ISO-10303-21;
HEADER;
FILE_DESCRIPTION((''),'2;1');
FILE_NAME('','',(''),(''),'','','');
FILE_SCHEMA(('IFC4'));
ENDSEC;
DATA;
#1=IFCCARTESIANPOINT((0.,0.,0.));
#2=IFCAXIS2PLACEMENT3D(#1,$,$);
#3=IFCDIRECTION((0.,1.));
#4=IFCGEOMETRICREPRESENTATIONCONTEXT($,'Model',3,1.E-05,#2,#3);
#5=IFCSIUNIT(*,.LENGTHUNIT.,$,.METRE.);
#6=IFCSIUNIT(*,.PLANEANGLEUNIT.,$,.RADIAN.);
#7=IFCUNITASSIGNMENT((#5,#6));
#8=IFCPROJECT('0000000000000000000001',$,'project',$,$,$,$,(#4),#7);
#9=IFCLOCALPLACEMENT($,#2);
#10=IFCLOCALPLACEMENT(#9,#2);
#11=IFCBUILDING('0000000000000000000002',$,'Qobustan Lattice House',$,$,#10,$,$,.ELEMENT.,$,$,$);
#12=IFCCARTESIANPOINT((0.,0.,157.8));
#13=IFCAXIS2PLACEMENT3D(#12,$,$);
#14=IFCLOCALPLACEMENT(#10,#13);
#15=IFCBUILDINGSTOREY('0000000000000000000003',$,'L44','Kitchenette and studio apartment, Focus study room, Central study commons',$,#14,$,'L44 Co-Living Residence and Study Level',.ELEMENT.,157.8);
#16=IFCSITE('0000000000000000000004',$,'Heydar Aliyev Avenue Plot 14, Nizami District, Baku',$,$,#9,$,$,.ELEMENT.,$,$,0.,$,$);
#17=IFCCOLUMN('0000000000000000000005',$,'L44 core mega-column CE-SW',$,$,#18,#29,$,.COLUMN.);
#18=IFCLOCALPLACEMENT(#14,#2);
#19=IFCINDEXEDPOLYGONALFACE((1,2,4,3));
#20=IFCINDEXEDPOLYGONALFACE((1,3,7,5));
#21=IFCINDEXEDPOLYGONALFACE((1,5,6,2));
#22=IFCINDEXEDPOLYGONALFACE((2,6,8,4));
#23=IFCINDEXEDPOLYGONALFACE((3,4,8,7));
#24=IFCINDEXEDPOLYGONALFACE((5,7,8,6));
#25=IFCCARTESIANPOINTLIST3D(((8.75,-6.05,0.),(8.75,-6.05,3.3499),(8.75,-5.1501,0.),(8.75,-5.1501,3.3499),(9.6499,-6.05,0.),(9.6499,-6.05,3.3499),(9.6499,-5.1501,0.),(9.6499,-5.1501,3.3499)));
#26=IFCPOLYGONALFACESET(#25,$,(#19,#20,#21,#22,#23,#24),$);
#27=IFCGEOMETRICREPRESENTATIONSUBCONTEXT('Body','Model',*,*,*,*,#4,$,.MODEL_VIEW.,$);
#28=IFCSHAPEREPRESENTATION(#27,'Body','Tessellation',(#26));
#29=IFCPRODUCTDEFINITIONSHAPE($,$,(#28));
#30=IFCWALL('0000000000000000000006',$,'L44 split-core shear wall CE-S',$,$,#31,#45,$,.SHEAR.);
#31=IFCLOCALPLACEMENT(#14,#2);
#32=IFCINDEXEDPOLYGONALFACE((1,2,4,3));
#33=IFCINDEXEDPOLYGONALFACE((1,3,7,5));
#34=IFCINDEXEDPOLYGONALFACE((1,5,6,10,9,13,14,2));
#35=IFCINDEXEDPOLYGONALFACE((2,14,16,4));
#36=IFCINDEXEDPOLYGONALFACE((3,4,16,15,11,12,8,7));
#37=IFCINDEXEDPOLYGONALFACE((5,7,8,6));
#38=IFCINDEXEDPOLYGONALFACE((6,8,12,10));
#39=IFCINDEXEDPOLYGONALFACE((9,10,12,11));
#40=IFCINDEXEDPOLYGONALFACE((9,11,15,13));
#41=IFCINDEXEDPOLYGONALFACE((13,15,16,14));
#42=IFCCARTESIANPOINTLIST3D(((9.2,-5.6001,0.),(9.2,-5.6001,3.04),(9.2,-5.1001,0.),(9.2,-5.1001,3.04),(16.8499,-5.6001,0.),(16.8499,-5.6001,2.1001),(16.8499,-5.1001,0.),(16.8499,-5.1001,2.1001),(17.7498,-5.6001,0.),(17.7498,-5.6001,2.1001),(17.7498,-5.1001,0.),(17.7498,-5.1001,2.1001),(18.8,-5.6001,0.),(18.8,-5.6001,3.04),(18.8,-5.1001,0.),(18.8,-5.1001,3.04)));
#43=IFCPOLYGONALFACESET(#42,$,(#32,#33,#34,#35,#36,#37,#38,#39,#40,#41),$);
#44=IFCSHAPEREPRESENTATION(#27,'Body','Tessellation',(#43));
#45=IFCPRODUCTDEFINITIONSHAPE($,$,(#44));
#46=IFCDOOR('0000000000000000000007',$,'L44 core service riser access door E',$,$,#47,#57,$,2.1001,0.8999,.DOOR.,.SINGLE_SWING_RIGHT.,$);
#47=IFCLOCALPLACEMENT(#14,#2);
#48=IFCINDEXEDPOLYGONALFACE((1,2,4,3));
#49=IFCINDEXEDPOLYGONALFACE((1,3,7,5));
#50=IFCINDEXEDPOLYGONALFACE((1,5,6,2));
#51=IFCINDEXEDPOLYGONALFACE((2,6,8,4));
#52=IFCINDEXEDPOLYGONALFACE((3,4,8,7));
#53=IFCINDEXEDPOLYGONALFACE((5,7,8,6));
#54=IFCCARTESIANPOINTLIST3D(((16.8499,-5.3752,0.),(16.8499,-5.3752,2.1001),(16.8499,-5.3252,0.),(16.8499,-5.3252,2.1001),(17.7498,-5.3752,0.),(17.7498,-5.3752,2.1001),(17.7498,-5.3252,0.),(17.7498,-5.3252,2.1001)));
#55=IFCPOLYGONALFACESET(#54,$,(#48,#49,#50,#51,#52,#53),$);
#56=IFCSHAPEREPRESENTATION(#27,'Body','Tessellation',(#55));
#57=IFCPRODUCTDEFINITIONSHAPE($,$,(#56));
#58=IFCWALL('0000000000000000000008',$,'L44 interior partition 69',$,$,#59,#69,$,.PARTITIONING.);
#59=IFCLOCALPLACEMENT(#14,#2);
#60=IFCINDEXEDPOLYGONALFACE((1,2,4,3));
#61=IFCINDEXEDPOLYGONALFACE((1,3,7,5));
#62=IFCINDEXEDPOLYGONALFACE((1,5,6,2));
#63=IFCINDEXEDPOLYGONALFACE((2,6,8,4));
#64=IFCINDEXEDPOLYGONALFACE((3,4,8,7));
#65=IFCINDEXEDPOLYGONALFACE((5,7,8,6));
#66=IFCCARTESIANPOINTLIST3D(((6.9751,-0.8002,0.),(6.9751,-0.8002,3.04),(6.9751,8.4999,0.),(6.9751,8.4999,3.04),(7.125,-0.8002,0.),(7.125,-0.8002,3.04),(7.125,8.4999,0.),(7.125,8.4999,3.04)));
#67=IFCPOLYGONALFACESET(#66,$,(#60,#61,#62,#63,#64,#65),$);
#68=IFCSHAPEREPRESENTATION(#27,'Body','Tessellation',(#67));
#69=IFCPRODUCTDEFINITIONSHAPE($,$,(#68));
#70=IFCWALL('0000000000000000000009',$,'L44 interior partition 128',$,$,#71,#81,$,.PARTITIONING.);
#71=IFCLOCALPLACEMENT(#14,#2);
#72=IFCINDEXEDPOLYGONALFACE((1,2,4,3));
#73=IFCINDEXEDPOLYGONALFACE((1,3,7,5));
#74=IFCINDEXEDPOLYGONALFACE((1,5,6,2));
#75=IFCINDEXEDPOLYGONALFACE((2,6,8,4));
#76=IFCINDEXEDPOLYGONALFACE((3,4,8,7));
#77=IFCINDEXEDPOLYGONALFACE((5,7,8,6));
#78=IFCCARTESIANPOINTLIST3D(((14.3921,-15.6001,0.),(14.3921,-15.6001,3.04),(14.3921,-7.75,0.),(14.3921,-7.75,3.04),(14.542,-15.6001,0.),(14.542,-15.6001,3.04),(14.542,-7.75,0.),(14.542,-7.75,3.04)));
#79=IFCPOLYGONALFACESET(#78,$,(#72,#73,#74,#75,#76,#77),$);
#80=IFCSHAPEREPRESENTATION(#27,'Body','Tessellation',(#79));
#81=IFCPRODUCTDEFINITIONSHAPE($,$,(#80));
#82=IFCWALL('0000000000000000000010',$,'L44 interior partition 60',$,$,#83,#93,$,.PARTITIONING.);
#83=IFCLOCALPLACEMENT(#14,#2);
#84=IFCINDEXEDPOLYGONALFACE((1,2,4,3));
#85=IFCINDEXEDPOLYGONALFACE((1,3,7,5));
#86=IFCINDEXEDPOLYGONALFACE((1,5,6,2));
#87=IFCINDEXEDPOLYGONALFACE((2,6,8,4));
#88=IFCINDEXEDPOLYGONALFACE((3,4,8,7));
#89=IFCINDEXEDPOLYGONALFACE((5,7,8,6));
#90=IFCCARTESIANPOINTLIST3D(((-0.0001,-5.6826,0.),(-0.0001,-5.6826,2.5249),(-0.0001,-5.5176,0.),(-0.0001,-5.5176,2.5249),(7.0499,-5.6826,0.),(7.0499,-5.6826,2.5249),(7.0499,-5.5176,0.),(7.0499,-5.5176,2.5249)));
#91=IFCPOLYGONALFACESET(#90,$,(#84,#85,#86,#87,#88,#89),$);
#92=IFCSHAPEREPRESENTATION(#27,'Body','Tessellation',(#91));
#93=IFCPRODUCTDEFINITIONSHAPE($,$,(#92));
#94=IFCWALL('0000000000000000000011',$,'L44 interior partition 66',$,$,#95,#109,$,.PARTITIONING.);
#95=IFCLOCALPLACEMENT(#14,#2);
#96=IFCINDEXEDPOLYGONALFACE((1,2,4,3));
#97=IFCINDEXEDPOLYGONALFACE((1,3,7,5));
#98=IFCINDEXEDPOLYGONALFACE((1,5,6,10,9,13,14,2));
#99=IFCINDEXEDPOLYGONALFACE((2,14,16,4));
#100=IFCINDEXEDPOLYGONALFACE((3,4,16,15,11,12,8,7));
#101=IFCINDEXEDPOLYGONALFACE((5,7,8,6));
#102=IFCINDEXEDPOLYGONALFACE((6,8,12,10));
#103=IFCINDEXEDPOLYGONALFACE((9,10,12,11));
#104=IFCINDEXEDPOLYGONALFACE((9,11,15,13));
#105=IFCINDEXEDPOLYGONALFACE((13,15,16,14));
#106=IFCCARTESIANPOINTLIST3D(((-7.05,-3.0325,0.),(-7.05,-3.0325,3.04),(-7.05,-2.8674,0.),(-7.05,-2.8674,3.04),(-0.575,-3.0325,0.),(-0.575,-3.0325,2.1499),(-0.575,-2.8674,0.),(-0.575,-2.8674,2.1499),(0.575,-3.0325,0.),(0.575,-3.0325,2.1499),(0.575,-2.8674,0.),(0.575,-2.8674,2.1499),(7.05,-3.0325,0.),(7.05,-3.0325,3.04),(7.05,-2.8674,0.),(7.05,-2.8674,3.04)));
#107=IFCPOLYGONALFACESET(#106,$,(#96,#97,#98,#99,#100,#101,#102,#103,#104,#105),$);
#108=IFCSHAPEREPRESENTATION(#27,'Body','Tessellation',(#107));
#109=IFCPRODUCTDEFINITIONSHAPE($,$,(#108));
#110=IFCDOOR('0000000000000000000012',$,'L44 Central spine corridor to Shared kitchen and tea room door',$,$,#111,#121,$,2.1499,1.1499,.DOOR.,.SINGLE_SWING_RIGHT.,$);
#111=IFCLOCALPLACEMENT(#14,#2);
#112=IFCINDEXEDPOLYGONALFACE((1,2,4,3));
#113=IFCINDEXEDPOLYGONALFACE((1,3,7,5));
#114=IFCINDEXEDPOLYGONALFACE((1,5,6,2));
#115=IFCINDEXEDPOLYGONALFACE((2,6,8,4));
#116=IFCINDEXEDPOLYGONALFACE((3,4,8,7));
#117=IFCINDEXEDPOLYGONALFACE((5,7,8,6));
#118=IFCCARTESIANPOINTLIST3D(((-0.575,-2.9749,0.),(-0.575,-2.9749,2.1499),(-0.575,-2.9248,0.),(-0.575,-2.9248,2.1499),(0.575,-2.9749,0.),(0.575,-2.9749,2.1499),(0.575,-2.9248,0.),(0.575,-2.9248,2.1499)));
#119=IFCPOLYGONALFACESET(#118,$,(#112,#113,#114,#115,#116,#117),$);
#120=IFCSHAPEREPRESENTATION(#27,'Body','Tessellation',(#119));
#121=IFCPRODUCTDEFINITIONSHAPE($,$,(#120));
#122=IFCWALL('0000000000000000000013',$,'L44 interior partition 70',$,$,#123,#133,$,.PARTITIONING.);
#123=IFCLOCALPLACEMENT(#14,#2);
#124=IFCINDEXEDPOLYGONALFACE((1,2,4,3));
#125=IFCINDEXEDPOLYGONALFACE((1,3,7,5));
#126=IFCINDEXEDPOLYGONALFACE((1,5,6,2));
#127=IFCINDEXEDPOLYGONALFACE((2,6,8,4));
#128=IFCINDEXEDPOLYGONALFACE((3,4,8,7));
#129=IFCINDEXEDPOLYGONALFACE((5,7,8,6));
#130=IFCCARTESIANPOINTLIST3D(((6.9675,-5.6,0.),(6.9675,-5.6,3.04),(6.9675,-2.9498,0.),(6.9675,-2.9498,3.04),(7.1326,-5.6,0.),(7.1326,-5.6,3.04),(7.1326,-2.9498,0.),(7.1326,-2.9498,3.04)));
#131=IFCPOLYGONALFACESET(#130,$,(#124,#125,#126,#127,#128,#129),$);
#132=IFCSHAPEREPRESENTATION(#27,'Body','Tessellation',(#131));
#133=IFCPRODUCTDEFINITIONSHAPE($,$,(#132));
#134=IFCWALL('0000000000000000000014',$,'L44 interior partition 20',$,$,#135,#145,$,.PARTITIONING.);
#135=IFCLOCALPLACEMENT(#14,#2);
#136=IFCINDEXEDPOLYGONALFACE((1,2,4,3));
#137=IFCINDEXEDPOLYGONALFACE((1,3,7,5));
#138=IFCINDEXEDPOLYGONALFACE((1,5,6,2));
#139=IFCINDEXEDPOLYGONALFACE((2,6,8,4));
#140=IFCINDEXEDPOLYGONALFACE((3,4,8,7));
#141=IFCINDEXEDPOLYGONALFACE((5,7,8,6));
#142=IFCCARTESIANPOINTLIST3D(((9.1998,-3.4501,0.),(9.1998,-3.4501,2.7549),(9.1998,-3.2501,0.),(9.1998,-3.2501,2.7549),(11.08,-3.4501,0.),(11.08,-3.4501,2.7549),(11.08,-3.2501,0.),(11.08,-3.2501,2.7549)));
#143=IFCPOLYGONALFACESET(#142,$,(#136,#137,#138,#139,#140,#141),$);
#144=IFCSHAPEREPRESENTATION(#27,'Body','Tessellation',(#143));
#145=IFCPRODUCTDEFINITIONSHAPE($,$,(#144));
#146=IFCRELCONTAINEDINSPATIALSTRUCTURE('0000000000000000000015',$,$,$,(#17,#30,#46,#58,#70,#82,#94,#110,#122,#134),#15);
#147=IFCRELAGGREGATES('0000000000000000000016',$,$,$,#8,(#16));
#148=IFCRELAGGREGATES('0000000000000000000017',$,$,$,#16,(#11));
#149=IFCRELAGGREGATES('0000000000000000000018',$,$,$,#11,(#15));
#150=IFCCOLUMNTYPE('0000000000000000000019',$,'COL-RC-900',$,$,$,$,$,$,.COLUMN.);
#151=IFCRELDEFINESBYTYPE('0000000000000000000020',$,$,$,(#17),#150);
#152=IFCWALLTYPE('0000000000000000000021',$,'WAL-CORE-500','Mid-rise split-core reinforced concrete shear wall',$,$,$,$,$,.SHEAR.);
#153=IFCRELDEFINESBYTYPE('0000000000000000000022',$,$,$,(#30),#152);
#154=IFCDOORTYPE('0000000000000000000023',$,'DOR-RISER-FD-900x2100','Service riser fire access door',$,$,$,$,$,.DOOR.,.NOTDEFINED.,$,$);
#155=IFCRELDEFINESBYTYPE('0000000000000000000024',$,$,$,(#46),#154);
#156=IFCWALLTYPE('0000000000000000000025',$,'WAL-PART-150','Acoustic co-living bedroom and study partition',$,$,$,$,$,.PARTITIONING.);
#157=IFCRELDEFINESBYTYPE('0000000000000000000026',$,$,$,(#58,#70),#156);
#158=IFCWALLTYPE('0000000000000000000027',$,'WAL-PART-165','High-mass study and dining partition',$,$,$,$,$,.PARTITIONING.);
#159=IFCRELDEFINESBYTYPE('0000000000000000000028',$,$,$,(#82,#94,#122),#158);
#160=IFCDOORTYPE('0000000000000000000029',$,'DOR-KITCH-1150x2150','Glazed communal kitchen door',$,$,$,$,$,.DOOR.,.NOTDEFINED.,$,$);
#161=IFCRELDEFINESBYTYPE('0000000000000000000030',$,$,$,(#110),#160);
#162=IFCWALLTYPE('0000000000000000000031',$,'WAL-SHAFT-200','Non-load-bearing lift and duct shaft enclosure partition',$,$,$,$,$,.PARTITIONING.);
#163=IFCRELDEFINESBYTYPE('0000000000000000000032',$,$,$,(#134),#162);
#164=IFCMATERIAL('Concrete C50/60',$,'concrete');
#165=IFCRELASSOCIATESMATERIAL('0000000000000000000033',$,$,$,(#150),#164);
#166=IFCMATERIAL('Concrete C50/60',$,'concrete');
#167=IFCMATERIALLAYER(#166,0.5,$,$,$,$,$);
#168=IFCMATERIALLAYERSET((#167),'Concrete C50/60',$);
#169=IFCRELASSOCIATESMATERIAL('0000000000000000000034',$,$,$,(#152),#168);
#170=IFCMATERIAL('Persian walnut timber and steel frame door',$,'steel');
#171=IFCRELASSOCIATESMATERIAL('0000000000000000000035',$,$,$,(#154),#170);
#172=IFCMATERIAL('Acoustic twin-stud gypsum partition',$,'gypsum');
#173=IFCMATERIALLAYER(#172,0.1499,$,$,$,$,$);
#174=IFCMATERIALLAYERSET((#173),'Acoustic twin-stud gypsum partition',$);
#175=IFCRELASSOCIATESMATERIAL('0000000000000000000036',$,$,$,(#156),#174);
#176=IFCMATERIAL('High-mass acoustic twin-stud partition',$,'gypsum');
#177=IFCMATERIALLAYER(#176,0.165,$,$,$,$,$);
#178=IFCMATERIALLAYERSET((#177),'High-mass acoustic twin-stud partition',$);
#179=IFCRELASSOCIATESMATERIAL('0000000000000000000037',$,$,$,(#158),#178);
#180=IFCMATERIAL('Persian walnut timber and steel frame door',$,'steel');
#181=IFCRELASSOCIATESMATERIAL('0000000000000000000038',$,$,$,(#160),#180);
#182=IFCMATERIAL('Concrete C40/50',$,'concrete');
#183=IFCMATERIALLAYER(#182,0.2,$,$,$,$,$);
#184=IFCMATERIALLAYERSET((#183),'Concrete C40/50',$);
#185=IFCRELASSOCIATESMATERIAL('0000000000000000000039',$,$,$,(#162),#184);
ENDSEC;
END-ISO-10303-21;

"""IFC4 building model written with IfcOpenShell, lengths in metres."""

from ifc_helpers import new_model, si_unit, direction, frame, frame_2d, origin, origin_2d, place, context, subcontext, project, spatial, rectangle, extrude, material, layer, layer_set, material_profile, profile_set, type_object, element, fill, save


model = new_model("IFC4")

# Units and contexts
model_context = context("Model", 3, precision=1e-05, world=origin(), true_north=direction((0.0, 1.0)))
body_context = subcontext(model_context, "Body", "Model", "MODEL_VIEW")
ifc_project = project(units=[si_unit("LENGTHUNIT", "METRE"), si_unit("PLANEANGLEUNIT", "RADIAN")], contexts=[model_context])

# Site, building, storey
site_placement = place(None, origin())
site = spatial("IfcSite", under=ifc_project, at=site_placement, Name="Heydar Aliyev Avenue Plot 14, Nizami District, Baku", CompositionType="ELEMENT", RefElevation=0.0)
building_placement = place(site_placement, origin())
building = spatial("IfcBuilding", under=site, at=building_placement, Name="Qobustan Lattice House", CompositionType="ELEMENT")
storey_placement = place(building_placement, frame((0.0, 0.0, 157.8)))
storey = spatial("IfcBuildingStorey", under=building, at=storey_placement, Name="L44", Description="Kitchenette and studio apartment, Focus study room, Central study commons", LongName="L44 Co-Living Residence and Study Level", CompositionType="ELEMENT", Elevation=157.8)

# Column
ifc_material_1 = material(Name="Concrete C50/60", Category="concrete")
ifc_material_profile = material_profile(ifc_material_1, rectangle(XDim=0.8999, YDim=0.8999, at=origin_2d()), Name="RC900x900")
ifc_profile_set = profile_set([ifc_material_profile], Name="Concrete C50/60")
column_type = type_object("IfcColumnType", Name="COL-RC-900", PredefinedType="COLUMN", material=ifc_profile_set)
column_placement = place(storey_placement, frame((9.2, -5.6001, 0.0), z_axis=(0.0, 0.0, 1.0), x_axis=(1.0, 0.0, 0.0)))
element("IfcColumn", 1, at=column_placement, inside=storey, type_object=column_type, Name="L44 core mega-column CE-SW", PredefinedType="COLUMN", context=body_context, shape_type="SweptSolid", body=[
    extrude(rectangle(XDim=0.8999, YDim=0.8999, at=origin_2d()), origin(), (0.0, 0.0, 1.0), 3.3499),
])

# Wall, opening, door
ifc_material_2 = material(Name="Concrete C50/60", Category="concrete")
ifc_layer_1 = layer(ifc_material_2, 0.5)
ifc_layer_set_1 = layer_set([ifc_layer_1], Name="Concrete C50/60")
wall_type_1 = type_object("IfcWallType", Name="WAL-CORE-500", Description="Mid-rise split-core reinforced concrete shear wall", PredefinedType="SHEAR", material=ifc_layer_set_1)
wall_1_placement = place(storey_placement, frame((9.2, -5.3501, 0.0), z_axis=(0.0, 0.0, 1.0), x_axis=(1.0, 0.0, 0.0)))
wall_1 = element("IfcWall", 2, at=wall_1_placement, inside=storey, type_object=wall_type_1, Name="L44 split-core shear wall CE-S", PredefinedType="SHEAR", context=body_context, shape_type="SweptSolid", body=[
    extrude(rectangle(XDim=9.6001, YDim=0.5, at=frame_2d((4.8, 0.0))), origin(), (0.0, 0.0, 1.0), 3.04),
])
opening_1_placement = place(wall_1_placement, frame((7.6499, 0.0, 0.0)))
opening_1 = element("IfcOpeningElement", 3, at=opening_1_placement, cuts=wall_1, PredefinedType="OPENING", context=body_context, shape_type="SweptSolid", body=[
    extrude(rectangle(XDim=0.8999, YDim=2.1001, at=frame_2d((0.45, 1.05))), frame((0.0, 0.26, 0.0), z_axis=(0.0, -1.0, 0.0), x_axis=(1.0, 0.0, 0.0)), (0.0, 0.0, 1.0), 0.52),
])
ifc_material_3 = material(Name="Persian walnut timber and steel frame door", Category="steel")
door_type_1 = type_object("IfcDoorType", Name="DOR-RISER-FD-900x2100", Description="Service riser fire access door", OperationType="NOTDEFINED", PredefinedType="DOOR", material=ifc_material_3)
door_1_placement = place(opening_1_placement, origin())
door_1 = element("IfcDoor", 4, at=door_1_placement, inside=storey, type_object=door_type_1, Name="L44 core service riser access door E", OperationType="SINGLE_SWING_RIGHT", OverallHeight=2.1001, OverallWidth=0.8999, PredefinedType="DOOR", context=body_context, shape_type="SweptSolid", body=[
    extrude(rectangle(XDim=0.8999, YDim=2.1001, at=frame_2d((0.45, 1.05))), frame((0.0, 0.0249, 0.0), z_axis=(0.0, -1.0, 0.0), x_axis=(1.0, 0.0, 0.0)), (0.0, 0.0, 1.0), 0.05),
])
fill(opening_1, door_1)

# Walls
ifc_material_4 = material(Name="Acoustic twin-stud gypsum partition", Category="gypsum")
ifc_layer_2 = layer(ifc_material_4, 0.1499)
ifc_layer_set_2 = layer_set([ifc_layer_2], Name="Acoustic twin-stud gypsum partition")
wall_type_2 = type_object("IfcWallType", Name="WAL-PART-150", Description="Acoustic co-living bedroom and study partition", PredefinedType="PARTITIONING", material=ifc_layer_set_2)
wall_2_placement = place(storey_placement, frame((7.05, -0.8, 0.0), z_axis=(0.0, 0.0, 1.0), x_axis=(0.0, 1.0, 0.0)))
element("IfcWall", 5, at=wall_2_placement, inside=storey, type_object=wall_type_2, Name="L44 interior partition 69", PredefinedType="PARTITIONING", context=body_context, shape_type="SweptSolid", body=[
    extrude(rectangle(XDim=9.3, YDim=0.1499, at=frame_2d((4.6499, 0.0))), origin(), (0.0, 0.0, 1.0), 3.04),
])
wall_3_placement = place(storey_placement, frame((14.467, -7.75, 0.0), z_axis=(0.0, 0.0, 1.0), x_axis=(0.0, -1.0, 0.0)))
element("IfcWall", 6, at=wall_3_placement, inside=storey, type_object=wall_type_2, Name="L44 interior partition 128", PredefinedType="PARTITIONING", context=body_context, shape_type="SweptSolid", body=[
    extrude(rectangle(XDim=7.8501, YDim=0.1499, at=frame_2d((3.925, 0.0))), origin(), (0.0, 0.0, 1.0), 3.04),
])
ifc_material_5 = material(Name="High-mass acoustic twin-stud partition", Category="gypsum")
ifc_layer_3 = layer(ifc_material_5, 0.165)
ifc_layer_set_3 = layer_set([ifc_layer_3], Name="High-mass acoustic twin-stud partition")
wall_type_3 = type_object("IfcWallType", Name="WAL-PART-165", Description="High-mass study and dining partition", PredefinedType="PARTITIONING", material=ifc_layer_set_3)
wall_4_placement = place(storey_placement, frame((0.0, -5.6001, 0.0), z_axis=(0.0, 0.0, 1.0), x_axis=(1.0, 0.0, 0.0)))
element("IfcWall", 7, at=wall_4_placement, inside=storey, type_object=wall_type_3, Name="L44 interior partition 60", PredefinedType="PARTITIONING", context=body_context, shape_type="SweptSolid", body=[
    extrude(rectangle(XDim=7.05, YDim=0.165, at=frame_2d((3.5249, 0.0))), origin(), (0.0, 0.0, 1.0), 2.5249),
])

# Wall, opening, door
wall_5_placement = place(storey_placement, frame((7.05, -2.95, 0.0), z_axis=(0.0, 0.0, 1.0), x_axis=(-1.0, 0.0, 0.0)))
wall_5 = element("IfcWall", 8, at=wall_5_placement, inside=storey, type_object=wall_type_3, Name="L44 interior partition 66", PredefinedType="PARTITIONING", context=body_context, shape_type="SweptSolid", body=[
    extrude(rectangle(XDim=14.1001, YDim=0.165, at=frame_2d((7.05, 0.0))), origin(), (0.0, 0.0, 1.0), 3.04),
])
opening_2_placement = place(wall_5_placement, frame((6.4751, 0.0, 0.0)))
opening_2 = element("IfcOpeningElement", 9, at=opening_2_placement, cuts=wall_5, PredefinedType="OPENING", context=body_context, shape_type="SweptSolid", body=[
    extrude(rectangle(XDim=1.1499, YDim=2.1499, at=frame_2d((0.575, 1.075))), frame((0.0, 0.0925, 0.0), z_axis=(0.0, -1.0, 0.0), x_axis=(1.0, 0.0, 0.0)), (0.0, 0.0, 1.0), 0.1851),
])
ifc_material_6 = material(Name="Persian walnut timber and steel frame door", Category="steel")
door_type_2 = type_object("IfcDoorType", Name="DOR-KITCH-1150x2150", Description="Glazed communal kitchen door", OperationType="NOTDEFINED", PredefinedType="DOOR", material=ifc_material_6)
door_2_placement = place(opening_2_placement, origin())
door_2 = element("IfcDoor", 10, at=door_2_placement, inside=storey, type_object=door_type_2, Name="L44 Central spine corridor to Shared kitchen and tea room door", OperationType="SINGLE_SWING_RIGHT", OverallHeight=2.1499, OverallWidth=1.1499, PredefinedType="DOOR", context=body_context, shape_type="SweptSolid", body=[
    extrude(rectangle(XDim=1.1499, YDim=2.1499, at=frame_2d((0.575, 1.075))), frame((0.0, 0.0249, 0.0), z_axis=(0.0, -1.0, 0.0), x_axis=(1.0, 0.0, 0.0)), (0.0, 0.0, 1.0), 0.05),
])
fill(opening_2, door_2)

# Walls
wall_6_placement = place(storey_placement, frame((7.05, -5.6001, 0.0), z_axis=(0.0, 0.0, 1.0), x_axis=(0.0, 1.0, 0.0)))
element("IfcWall", 11, at=wall_6_placement, inside=storey, type_object=wall_type_3, Name="L44 interior partition 70", PredefinedType="PARTITIONING", context=body_context, shape_type="SweptSolid", body=[
    extrude(rectangle(XDim=2.6501, YDim=0.165, at=frame_2d((1.3252, 0.0))), origin(), (0.0, 0.0, 1.0), 3.04),
])
ifc_material_7 = material(Name="Concrete C40/50", Category="concrete")
ifc_layer_4 = layer(ifc_material_7, 0.2)
ifc_layer_set_4 = layer_set([ifc_layer_4], Name="Concrete C40/50")
wall_type_4 = type_object("IfcWallType", Name="WAL-SHAFT-200", Description="Non-load-bearing lift and duct shaft enclosure partition", PredefinedType="PARTITIONING", material=ifc_layer_set_4)
wall_7_placement = place(storey_placement, frame((9.2, -3.3501, 0.0), z_axis=(0.0, 0.0, 1.0), x_axis=(1.0, 0.0, 0.0)))
element("IfcWall", 12, at=wall_7_placement, inside=storey, type_object=wall_type_4, Name="L44 interior partition 20", PredefinedType="PARTITIONING", context=body_context, shape_type="SweptSolid", body=[
    extrude(rectangle(XDim=1.8801, YDim=0.2, at=frame_2d((0.9399, 0.0))), origin(), (0.0, 0.0, 1.0), 2.7549),
])

save(model, "model.ifc")
